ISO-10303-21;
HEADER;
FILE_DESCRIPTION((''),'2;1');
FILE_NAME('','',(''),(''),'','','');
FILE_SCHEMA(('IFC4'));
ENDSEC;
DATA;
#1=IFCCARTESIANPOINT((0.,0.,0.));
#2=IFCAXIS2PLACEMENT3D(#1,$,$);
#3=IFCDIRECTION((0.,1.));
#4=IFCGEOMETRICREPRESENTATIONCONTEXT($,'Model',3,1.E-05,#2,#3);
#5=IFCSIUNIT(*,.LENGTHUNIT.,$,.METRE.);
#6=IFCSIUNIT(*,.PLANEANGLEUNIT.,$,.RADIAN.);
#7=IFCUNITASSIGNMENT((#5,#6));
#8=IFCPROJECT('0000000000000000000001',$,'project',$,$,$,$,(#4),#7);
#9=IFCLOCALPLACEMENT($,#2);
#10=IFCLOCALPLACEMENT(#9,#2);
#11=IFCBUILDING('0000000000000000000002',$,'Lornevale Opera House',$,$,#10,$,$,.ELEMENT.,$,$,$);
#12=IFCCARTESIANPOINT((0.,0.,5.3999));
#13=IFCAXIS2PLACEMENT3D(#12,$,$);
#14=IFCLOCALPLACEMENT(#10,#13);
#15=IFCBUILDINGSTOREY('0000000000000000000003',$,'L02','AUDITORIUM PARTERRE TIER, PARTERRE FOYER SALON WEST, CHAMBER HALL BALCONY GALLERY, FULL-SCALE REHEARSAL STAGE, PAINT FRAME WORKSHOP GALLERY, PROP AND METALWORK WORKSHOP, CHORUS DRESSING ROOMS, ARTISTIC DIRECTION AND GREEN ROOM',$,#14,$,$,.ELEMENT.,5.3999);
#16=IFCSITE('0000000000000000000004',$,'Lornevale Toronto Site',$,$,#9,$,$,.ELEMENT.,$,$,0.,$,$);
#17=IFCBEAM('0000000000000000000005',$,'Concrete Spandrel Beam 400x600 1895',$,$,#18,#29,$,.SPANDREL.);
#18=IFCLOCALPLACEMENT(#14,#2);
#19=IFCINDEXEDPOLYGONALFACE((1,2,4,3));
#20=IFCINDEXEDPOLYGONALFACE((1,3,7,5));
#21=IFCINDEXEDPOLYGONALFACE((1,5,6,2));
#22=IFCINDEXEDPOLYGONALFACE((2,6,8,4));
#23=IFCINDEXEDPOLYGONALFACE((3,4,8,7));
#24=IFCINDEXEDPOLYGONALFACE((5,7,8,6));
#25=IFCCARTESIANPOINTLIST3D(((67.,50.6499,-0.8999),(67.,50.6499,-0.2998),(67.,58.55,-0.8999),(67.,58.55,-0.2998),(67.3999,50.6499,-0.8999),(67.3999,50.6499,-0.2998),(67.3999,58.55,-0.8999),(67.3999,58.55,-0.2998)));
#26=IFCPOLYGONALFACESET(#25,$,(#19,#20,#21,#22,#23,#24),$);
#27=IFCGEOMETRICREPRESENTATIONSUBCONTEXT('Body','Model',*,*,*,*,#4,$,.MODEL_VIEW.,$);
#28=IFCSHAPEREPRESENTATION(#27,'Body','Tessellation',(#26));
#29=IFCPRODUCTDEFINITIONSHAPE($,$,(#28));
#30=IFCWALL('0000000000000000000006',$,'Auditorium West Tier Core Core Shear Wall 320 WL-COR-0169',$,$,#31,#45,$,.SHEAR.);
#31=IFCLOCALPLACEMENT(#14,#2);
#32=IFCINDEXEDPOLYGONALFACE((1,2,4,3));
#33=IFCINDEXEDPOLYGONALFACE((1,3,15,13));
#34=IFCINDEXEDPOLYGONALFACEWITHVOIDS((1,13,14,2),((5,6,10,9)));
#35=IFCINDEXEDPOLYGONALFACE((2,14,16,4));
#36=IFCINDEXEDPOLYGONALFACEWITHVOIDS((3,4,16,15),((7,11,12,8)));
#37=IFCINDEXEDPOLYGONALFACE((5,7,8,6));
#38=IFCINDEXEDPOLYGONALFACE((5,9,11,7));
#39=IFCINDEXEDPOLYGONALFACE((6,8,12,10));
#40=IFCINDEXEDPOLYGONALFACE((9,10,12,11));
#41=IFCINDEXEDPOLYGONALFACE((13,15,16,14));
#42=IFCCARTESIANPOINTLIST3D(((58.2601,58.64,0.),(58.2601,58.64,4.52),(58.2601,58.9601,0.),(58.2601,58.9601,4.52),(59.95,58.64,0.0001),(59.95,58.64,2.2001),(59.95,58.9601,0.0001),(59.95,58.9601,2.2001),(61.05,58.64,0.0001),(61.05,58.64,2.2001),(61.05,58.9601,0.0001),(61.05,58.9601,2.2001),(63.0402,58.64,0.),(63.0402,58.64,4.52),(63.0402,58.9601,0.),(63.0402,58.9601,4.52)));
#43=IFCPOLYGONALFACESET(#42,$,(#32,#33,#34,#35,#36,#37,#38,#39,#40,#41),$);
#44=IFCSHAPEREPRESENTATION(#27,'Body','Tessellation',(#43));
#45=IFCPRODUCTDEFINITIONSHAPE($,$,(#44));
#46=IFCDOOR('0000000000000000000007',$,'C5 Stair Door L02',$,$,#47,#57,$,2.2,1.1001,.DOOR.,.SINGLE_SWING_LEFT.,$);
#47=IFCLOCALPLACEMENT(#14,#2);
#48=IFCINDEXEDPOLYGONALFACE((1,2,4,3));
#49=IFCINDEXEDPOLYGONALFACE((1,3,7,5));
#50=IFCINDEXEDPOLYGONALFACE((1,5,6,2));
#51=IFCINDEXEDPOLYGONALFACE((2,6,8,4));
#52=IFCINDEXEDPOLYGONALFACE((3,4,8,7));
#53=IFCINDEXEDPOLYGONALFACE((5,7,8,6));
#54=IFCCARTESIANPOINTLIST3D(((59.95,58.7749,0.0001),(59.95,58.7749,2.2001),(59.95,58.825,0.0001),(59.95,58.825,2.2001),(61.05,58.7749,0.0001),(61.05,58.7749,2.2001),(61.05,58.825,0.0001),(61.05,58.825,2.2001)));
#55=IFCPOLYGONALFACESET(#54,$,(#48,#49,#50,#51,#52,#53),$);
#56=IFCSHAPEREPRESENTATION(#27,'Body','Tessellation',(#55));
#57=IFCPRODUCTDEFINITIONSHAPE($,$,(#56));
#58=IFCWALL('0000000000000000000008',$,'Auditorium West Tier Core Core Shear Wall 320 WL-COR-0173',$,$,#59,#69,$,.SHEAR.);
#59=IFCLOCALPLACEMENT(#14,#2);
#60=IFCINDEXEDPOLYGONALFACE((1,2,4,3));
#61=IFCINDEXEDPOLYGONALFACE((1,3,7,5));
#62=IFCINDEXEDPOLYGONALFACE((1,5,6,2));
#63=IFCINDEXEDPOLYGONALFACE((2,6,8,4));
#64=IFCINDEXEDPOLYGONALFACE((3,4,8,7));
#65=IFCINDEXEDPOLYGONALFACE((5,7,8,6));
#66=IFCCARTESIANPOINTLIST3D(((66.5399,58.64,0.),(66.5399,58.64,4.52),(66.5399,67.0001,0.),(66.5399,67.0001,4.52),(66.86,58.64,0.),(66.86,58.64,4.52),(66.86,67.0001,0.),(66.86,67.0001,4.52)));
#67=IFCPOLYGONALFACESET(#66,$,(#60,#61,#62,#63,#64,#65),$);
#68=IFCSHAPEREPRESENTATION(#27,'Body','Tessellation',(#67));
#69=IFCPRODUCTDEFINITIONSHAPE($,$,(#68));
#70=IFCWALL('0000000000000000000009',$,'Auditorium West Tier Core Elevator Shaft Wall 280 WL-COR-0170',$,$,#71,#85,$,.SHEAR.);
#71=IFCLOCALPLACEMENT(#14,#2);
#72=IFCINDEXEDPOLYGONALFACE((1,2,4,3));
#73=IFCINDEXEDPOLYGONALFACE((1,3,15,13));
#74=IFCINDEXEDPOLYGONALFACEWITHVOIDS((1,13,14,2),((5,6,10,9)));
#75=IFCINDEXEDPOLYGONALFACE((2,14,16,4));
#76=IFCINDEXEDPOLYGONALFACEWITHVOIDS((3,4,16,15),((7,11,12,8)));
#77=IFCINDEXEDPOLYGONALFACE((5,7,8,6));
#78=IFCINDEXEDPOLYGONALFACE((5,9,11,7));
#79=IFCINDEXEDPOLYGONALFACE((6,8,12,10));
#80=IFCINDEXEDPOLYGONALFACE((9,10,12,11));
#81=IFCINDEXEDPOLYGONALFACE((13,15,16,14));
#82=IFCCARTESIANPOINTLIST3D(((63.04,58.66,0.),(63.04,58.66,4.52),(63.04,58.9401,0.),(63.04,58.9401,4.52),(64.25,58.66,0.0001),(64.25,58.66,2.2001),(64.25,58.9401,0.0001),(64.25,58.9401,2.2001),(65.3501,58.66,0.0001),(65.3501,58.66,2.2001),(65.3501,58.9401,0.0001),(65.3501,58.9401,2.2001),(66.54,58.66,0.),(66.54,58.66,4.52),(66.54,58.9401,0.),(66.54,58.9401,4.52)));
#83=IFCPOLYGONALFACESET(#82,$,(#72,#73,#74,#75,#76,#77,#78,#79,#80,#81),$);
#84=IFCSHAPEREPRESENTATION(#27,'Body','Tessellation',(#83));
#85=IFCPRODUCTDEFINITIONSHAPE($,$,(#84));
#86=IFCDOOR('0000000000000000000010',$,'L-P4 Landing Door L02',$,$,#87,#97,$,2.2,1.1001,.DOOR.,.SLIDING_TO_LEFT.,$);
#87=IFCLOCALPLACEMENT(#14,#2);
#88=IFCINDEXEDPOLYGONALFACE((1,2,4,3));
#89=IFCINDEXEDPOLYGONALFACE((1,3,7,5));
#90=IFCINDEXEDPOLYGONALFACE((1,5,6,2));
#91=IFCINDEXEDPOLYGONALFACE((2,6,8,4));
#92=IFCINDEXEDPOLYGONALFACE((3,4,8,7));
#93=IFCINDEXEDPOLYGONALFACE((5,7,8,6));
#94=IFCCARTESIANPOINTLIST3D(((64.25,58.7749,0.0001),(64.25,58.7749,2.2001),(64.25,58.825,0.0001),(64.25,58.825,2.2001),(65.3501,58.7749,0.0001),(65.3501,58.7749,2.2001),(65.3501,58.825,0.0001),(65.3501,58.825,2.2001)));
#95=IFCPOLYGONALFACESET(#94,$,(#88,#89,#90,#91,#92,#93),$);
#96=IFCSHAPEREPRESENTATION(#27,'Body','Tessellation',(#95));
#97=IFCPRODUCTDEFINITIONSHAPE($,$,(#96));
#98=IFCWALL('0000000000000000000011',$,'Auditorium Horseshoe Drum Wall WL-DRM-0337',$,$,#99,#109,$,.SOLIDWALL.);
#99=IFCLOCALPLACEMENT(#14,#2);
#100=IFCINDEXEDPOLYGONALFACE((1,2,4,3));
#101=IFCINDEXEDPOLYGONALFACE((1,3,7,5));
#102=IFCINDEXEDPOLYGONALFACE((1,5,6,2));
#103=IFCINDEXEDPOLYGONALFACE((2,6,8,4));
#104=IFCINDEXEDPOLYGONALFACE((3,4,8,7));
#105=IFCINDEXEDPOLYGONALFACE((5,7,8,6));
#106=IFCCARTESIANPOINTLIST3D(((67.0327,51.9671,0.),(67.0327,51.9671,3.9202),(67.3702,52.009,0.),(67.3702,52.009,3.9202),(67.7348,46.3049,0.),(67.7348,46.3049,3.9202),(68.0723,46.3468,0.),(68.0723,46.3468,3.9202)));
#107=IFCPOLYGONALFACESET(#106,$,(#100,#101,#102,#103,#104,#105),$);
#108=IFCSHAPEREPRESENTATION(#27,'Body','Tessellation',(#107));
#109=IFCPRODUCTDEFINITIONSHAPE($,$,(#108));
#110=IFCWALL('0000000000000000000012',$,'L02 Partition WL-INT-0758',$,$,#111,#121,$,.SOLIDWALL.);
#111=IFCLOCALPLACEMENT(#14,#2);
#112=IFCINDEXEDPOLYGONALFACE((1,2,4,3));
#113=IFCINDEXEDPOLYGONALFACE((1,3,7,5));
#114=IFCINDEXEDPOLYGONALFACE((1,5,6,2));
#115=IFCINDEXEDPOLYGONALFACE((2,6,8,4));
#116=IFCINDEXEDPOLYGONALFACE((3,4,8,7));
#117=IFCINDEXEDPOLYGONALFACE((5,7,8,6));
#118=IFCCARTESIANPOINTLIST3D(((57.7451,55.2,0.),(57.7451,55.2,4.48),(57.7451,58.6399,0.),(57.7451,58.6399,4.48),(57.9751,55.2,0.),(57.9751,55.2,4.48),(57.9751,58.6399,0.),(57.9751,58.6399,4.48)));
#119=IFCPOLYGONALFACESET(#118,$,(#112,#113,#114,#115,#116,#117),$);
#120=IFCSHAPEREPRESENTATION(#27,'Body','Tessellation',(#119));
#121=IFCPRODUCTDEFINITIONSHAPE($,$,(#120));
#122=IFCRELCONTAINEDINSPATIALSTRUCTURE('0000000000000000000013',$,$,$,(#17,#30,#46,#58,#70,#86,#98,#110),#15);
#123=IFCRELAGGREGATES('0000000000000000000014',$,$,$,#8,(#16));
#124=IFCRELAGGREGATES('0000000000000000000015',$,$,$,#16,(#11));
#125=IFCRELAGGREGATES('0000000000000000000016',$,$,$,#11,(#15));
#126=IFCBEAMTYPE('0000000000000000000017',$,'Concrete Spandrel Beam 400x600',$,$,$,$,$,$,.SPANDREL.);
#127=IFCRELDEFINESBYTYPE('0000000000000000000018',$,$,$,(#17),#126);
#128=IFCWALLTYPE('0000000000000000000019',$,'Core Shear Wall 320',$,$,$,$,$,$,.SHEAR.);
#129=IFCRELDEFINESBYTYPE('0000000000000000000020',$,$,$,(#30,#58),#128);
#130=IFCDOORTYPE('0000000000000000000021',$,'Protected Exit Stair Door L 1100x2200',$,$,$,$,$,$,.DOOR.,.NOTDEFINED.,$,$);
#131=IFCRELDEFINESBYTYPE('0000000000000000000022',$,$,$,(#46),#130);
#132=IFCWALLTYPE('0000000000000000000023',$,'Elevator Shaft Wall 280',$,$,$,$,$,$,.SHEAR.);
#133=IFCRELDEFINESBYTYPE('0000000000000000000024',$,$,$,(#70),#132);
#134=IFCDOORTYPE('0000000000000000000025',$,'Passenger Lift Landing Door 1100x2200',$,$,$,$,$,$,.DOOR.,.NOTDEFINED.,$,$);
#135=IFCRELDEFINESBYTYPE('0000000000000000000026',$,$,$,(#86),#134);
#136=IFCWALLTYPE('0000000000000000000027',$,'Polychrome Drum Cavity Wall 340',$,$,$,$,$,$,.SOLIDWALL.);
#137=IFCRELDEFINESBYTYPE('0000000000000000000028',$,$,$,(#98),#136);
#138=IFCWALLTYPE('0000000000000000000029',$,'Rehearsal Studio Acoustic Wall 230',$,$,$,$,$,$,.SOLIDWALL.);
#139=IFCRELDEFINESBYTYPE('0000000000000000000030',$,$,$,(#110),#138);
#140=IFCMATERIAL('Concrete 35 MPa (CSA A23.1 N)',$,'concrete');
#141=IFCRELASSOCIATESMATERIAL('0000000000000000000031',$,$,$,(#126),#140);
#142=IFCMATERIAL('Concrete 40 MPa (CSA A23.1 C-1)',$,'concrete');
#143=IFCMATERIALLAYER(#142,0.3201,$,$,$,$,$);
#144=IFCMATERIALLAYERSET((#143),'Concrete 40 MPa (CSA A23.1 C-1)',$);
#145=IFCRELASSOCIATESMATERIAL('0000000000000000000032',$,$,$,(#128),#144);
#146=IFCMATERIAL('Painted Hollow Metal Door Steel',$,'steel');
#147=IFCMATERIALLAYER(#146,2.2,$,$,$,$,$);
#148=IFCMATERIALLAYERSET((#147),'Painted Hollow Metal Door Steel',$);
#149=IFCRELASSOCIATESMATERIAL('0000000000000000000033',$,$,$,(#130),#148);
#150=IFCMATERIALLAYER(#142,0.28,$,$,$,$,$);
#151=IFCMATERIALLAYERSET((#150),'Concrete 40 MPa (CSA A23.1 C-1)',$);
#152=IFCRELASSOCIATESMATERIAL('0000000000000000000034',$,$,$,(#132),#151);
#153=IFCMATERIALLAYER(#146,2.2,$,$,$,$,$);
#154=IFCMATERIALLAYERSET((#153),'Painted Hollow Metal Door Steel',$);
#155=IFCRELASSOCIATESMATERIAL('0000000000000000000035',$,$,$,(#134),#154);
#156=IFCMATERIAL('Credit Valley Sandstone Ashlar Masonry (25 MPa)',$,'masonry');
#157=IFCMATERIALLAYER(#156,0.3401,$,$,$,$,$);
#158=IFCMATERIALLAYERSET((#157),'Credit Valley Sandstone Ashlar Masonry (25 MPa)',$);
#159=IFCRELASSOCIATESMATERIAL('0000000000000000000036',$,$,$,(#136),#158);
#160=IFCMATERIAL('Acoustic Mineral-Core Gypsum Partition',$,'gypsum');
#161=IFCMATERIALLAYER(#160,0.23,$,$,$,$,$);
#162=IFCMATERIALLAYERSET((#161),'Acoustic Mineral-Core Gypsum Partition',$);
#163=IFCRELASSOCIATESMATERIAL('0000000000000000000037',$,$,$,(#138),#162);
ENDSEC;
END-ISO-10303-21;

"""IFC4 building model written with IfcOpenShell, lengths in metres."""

from ifc_helpers import new_model, si_unit, direction, frame, frame_2d, origin, origin_2d, place, context, subcontext, project, spatial, rectangle, extrude, material, layer, layer_set, material_profile, profile_set, type_object, element, fill, save


model = new_model("IFC4")

# Units and contexts
model_context = context("Model", 3, precision=1e-05, world=origin(), true_north=direction((0.0, 1.0)))
body_context = subcontext(model_context, "Body", "Model", "MODEL_VIEW")
ifc_project = project(units=[si_unit("LENGTHUNIT", "METRE"), si_unit("PLANEANGLEUNIT", "RADIAN")], contexts=[model_context])

# Site, building, storey
site_placement = place(None, origin())
site = spatial("IfcSite", under=ifc_project, at=site_placement, Name="Lornevale Toronto Site", CompositionType="ELEMENT", RefElevation=0.0)
building_placement = place(site_placement, origin())
building = spatial("IfcBuilding", under=site, at=building_placement, Name="Lornevale Opera House", CompositionType="ELEMENT")
storey_placement = place(building_placement, frame((0.0, 0.0, 5.3999)))
storey = spatial("IfcBuildingStorey", under=building, at=storey_placement, Name="L02", Description="AUDITORIUM PARTERRE TIER, PARTERRE FOYER SALON WEST, CHAMBER HALL BALCONY GALLERY, FULL-SCALE REHEARSAL STAGE, PAINT FRAME WORKSHOP GALLERY, PROP AND METALWORK WORKSHOP, CHORUS DRESSING ROOMS, ARTISTIC DIRECTION AND GREEN ROOM", CompositionType="ELEMENT", Elevation=5.3999)

# Shared definitions
ifc_material_1 = material(Name="Concrete 40 MPa (CSA A23.1 C-1)", Category="concrete")

# Beam
ifc_material_2 = material(Name="Concrete 35 MPa (CSA A23.1 N)", Category="concrete")
ifc_material_profile_1 = material_profile(ifc_material_2, rectangle(XDim=0.3999, YDim=0.6001, at=origin_2d()), Name="RC400x600")
ifc_profile_set_1 = profile_set([ifc_material_profile_1], Name="Concrete 35 MPa (CSA A23.1 N)")
beam_type_1 = type_object("IfcBeamType", Name="Concrete Spandrel Beam 400x600", PredefinedType="SPANDREL", material=ifc_profile_set_1)
beam_1_placement = place(storey_placement, frame((67.2, 50.6499, -0.5999), z_axis=(0.0, 1.0, 0.0), x_axis=(-1.0, 0.0, 0.0)))
element("IfcBeam", 1, at=beam_1_placement, inside=storey, type_object=beam_type_1, Name="Concrete Spandrel Beam 400x600 1895", PredefinedType="SPANDREL", context=body_context, shape_type="SweptSolid", body=[
    extrude(rectangle(XDim=0.3999, YDim=0.6001, at=origin_2d()), origin(), (0.0, 0.0, 1.0), 7.9001),
])

# Wall, opening, door
ifc_layer_1 = layer(ifc_material_1, 0.3201)
ifc_layer_set_1 = layer_set([ifc_layer_1], Name="Concrete 40 MPa (CSA A23.1 C-1)")
wall_type_1 = type_object("IfcWallType", Name="Core Shear Wall 320", PredefinedType="SHEAR", material=ifc_layer_set_1)
wall_1_placement = place(storey_placement, frame((58.26, 58.8, 0.0), z_axis=(0.0, 0.0, 1.0), x_axis=(1.0, 0.0, 0.0)))
wall_1 = element("IfcWall", 2, at=wall_1_placement, inside=storey, type_object=wall_type_1, Name="Auditorium West Tier Core Core Shear Wall 320 WL-COR-0169", PredefinedType="SHEAR", context=body_context, shape_type="SweptSolid", body=[
    extrude(rectangle(XDim=4.78, YDim=0.3201, at=frame_2d((2.3901, 0.0))), origin(), (0.0, 0.0, 1.0), 4.52),
])
opening_1_placement = place(wall_1_placement, frame((1.6899, 0.0, 0.0)))
opening_1 = element("IfcOpeningElement", 3, at=opening_1_placement, cuts=wall_1, PredefinedType="OPENING", context=body_context, shape_type="SweptSolid", body=[
    extrude(rectangle(XDim=1.1001, YDim=2.2, at=frame_2d((0.55, 1.1001))), frame((0.0, 0.1699, 0.0), z_axis=(0.0, -1.0, 0.0), x_axis=(1.0, 0.0, 0.0)), (0.0, 0.0, 1.0), 0.3401),
])
ifc_material_3 = material(Name="Painted Hollow Metal Door Steel", Category="steel")
ifc_layer_2 = layer(ifc_material_3, 2.2)
ifc_layer_set_2 = layer_set([ifc_layer_2], Name="Painted Hollow Metal Door Steel")
door_type_1 = type_object("IfcDoorType", Name="Protected Exit Stair Door L 1100x2200", OperationType="NOTDEFINED", PredefinedType="DOOR", material=ifc_layer_set_2)
door_1_placement = place(opening_1_placement, origin())
door_1 = element("IfcDoor", 4, at=door_1_placement, inside=storey, type_object=door_type_1, Name="C5 Stair Door L02", OperationType="SINGLE_SWING_LEFT", OverallHeight=2.2, OverallWidth=1.1001, PredefinedType="DOOR", context=body_context, shape_type="SweptSolid", body=[
    extrude(rectangle(XDim=1.1001, YDim=2.2, at=frame_2d((0.55, 1.1001))), frame((0.0, 0.0249, 0.0), z_axis=(0.0, -1.0, 0.0), x_axis=(1.0, 0.0, 0.0)), (0.0, 0.0, 1.0), 0.05),
])
fill(opening_1, door_1)

# Wall
wall_2_placement = place(storey_placement, frame((66.7, 58.6399, 0.0), z_axis=(0.0, 0.0, 1.0), x_axis=(0.0, 1.0, 0.0)))
element("IfcWall", 5, at=wall_2_placement, inside=storey, type_object=wall_type_1, Name="Auditorium West Tier Core Core Shear Wall 320 WL-COR-0173", PredefinedType="SHEAR", context=body_context, shape_type="SweptSolid", body=[
    extrude(rectangle(XDim=8.3601, YDim=0.3201, at=frame_2d((4.1802, 0.0))), origin(), (0.0, 0.0, 1.0), 4.52),
])

# Wall, opening, door
ifc_layer_3 = layer(ifc_material_1, 0.28)
ifc_layer_set_3 = layer_set([ifc_layer_3], Name="Concrete 40 MPa (CSA A23.1 C-1)")
wall_type_2 = type_object("IfcWallType", Name="Elevator Shaft Wall 280", PredefinedType="SHEAR", material=ifc_layer_set_3)
wall_3_placement = place(storey_placement, frame((63.04, 58.8, 0.0), z_axis=(0.0, 0.0, 1.0), x_axis=(1.0, 0.0, 0.0)))
wall_3 = element("IfcWall", 6, at=wall_3_placement, inside=storey, type_object=wall_type_2, Name="Auditorium West Tier Core Elevator Shaft Wall 280 WL-COR-0170", PredefinedType="SHEAR", context=body_context, shape_type="SweptSolid", body=[
    extrude(rectangle(XDim=3.5, YDim=0.28, at=frame_2d((1.75, 0.0))), origin(), (0.0, 0.0, 1.0), 4.52),
])
opening_2_placement = place(wall_3_placement, frame((1.21, 0.0, 0.0)))
opening_2 = element("IfcOpeningElement", 7, at=opening_2_placement, cuts=wall_3, PredefinedType="OPENING", context=body_context, shape_type="SweptSolid", body=[
    extrude(rectangle(XDim=1.1001, YDim=2.2, at=frame_2d((0.55, 1.1001))), frame((0.0, 0.1499, 0.0), z_axis=(0.0, -1.0, 0.0), x_axis=(1.0, 0.0, 0.0)), (0.0, 0.0, 1.0), 0.3),
])
ifc_layer_4 = layer(ifc_material_3, 2.2)
ifc_layer_set_4 = layer_set([ifc_layer_4], Name="Painted Hollow Metal Door Steel")
door_type_2 = type_object("IfcDoorType", Name="Passenger Lift Landing Door 1100x2200", OperationType="NOTDEFINED", PredefinedType="DOOR", material=ifc_layer_set_4)
door_2_placement = place(opening_2_placement, origin())
door_2 = element("IfcDoor", 8, at=door_2_placement, inside=storey, type_object=door_type_2, Name="L-P4 Landing Door L02", OperationType="SLIDING_TO_LEFT", OverallHeight=2.2, OverallWidth=1.1001, PredefinedType="DOOR", context=body_context, shape_type="SweptSolid", body=[
    extrude(rectangle(XDim=1.1001, YDim=2.2, at=frame_2d((0.55, 1.1001))), frame((0.0, 0.0249, 0.0), z_axis=(0.0, -1.0, 0.0), x_axis=(1.0, 0.0, 0.0)), (0.0, 0.0, 1.0), 0.05),
])
fill(opening_2, door_2)

# Walls
ifc_material_4 = material(Name="Credit Valley Sandstone Ashlar Masonry (25 MPa)", Category="masonry")
ifc_layer_5 = layer(ifc_material_4, 0.3401)
ifc_layer_set_5 = layer_set([ifc_layer_5], Name="Credit Valley Sandstone Ashlar Masonry (25 MPa)")
wall_type_3 = type_object("IfcWallType", Name="Polychrome Drum Cavity Wall 340", PredefinedType="SOLIDWALL", material=ifc_layer_set_5)
wall_4_placement = place(storey_placement, frame((67.2014, 51.988, 0.0), z_axis=(0.0, 0.0, 1.0), x_axis=(0.123066, -0.992399, 0.0)))
element("IfcWall", 9, at=wall_4_placement, inside=storey, type_object=wall_type_3, Name="Auditorium Horseshoe Drum Wall WL-DRM-0337", PredefinedType="SOLIDWALL", context=body_context, shape_type="SweptSolid", body=[
    extrude(rectangle(XDim=5.7056, YDim=0.3401, at=frame_2d((2.8528, 0.0))), origin(), (0.0, 0.0, 1.0), 3.9202),
])
ifc_material_5 = material(Name="Acoustic Mineral-Core Gypsum Partition", Category="gypsum")
ifc_layer_6 = layer(ifc_material_5, 0.23)
ifc_layer_set_6 = layer_set([ifc_layer_6], Name="Acoustic Mineral-Core Gypsum Partition")
wall_type_4 = type_object("IfcWallType", Name="Rehearsal Studio Acoustic Wall 230", PredefinedType="SOLIDWALL", material=ifc_layer_set_6)
wall_5_placement = place(storey_placement, frame((57.8601, 55.2, 0.0), z_axis=(0.0, 0.0, 1.0), x_axis=(0.0, 1.0, 0.0)))
element("IfcWall", 10, at=wall_5_placement, inside=storey, type_object=wall_type_4, Name="L02 Partition WL-INT-0758", PredefinedType="SOLIDWALL", context=body_context, shape_type="SweptSolid", body=[
    extrude(rectangle(XDim=3.4399, YDim=0.23, at=frame_2d((1.72, 0.0))), origin(), (0.0, 0.0, 1.0), 4.48),
])

save(model, "model.ifc")
